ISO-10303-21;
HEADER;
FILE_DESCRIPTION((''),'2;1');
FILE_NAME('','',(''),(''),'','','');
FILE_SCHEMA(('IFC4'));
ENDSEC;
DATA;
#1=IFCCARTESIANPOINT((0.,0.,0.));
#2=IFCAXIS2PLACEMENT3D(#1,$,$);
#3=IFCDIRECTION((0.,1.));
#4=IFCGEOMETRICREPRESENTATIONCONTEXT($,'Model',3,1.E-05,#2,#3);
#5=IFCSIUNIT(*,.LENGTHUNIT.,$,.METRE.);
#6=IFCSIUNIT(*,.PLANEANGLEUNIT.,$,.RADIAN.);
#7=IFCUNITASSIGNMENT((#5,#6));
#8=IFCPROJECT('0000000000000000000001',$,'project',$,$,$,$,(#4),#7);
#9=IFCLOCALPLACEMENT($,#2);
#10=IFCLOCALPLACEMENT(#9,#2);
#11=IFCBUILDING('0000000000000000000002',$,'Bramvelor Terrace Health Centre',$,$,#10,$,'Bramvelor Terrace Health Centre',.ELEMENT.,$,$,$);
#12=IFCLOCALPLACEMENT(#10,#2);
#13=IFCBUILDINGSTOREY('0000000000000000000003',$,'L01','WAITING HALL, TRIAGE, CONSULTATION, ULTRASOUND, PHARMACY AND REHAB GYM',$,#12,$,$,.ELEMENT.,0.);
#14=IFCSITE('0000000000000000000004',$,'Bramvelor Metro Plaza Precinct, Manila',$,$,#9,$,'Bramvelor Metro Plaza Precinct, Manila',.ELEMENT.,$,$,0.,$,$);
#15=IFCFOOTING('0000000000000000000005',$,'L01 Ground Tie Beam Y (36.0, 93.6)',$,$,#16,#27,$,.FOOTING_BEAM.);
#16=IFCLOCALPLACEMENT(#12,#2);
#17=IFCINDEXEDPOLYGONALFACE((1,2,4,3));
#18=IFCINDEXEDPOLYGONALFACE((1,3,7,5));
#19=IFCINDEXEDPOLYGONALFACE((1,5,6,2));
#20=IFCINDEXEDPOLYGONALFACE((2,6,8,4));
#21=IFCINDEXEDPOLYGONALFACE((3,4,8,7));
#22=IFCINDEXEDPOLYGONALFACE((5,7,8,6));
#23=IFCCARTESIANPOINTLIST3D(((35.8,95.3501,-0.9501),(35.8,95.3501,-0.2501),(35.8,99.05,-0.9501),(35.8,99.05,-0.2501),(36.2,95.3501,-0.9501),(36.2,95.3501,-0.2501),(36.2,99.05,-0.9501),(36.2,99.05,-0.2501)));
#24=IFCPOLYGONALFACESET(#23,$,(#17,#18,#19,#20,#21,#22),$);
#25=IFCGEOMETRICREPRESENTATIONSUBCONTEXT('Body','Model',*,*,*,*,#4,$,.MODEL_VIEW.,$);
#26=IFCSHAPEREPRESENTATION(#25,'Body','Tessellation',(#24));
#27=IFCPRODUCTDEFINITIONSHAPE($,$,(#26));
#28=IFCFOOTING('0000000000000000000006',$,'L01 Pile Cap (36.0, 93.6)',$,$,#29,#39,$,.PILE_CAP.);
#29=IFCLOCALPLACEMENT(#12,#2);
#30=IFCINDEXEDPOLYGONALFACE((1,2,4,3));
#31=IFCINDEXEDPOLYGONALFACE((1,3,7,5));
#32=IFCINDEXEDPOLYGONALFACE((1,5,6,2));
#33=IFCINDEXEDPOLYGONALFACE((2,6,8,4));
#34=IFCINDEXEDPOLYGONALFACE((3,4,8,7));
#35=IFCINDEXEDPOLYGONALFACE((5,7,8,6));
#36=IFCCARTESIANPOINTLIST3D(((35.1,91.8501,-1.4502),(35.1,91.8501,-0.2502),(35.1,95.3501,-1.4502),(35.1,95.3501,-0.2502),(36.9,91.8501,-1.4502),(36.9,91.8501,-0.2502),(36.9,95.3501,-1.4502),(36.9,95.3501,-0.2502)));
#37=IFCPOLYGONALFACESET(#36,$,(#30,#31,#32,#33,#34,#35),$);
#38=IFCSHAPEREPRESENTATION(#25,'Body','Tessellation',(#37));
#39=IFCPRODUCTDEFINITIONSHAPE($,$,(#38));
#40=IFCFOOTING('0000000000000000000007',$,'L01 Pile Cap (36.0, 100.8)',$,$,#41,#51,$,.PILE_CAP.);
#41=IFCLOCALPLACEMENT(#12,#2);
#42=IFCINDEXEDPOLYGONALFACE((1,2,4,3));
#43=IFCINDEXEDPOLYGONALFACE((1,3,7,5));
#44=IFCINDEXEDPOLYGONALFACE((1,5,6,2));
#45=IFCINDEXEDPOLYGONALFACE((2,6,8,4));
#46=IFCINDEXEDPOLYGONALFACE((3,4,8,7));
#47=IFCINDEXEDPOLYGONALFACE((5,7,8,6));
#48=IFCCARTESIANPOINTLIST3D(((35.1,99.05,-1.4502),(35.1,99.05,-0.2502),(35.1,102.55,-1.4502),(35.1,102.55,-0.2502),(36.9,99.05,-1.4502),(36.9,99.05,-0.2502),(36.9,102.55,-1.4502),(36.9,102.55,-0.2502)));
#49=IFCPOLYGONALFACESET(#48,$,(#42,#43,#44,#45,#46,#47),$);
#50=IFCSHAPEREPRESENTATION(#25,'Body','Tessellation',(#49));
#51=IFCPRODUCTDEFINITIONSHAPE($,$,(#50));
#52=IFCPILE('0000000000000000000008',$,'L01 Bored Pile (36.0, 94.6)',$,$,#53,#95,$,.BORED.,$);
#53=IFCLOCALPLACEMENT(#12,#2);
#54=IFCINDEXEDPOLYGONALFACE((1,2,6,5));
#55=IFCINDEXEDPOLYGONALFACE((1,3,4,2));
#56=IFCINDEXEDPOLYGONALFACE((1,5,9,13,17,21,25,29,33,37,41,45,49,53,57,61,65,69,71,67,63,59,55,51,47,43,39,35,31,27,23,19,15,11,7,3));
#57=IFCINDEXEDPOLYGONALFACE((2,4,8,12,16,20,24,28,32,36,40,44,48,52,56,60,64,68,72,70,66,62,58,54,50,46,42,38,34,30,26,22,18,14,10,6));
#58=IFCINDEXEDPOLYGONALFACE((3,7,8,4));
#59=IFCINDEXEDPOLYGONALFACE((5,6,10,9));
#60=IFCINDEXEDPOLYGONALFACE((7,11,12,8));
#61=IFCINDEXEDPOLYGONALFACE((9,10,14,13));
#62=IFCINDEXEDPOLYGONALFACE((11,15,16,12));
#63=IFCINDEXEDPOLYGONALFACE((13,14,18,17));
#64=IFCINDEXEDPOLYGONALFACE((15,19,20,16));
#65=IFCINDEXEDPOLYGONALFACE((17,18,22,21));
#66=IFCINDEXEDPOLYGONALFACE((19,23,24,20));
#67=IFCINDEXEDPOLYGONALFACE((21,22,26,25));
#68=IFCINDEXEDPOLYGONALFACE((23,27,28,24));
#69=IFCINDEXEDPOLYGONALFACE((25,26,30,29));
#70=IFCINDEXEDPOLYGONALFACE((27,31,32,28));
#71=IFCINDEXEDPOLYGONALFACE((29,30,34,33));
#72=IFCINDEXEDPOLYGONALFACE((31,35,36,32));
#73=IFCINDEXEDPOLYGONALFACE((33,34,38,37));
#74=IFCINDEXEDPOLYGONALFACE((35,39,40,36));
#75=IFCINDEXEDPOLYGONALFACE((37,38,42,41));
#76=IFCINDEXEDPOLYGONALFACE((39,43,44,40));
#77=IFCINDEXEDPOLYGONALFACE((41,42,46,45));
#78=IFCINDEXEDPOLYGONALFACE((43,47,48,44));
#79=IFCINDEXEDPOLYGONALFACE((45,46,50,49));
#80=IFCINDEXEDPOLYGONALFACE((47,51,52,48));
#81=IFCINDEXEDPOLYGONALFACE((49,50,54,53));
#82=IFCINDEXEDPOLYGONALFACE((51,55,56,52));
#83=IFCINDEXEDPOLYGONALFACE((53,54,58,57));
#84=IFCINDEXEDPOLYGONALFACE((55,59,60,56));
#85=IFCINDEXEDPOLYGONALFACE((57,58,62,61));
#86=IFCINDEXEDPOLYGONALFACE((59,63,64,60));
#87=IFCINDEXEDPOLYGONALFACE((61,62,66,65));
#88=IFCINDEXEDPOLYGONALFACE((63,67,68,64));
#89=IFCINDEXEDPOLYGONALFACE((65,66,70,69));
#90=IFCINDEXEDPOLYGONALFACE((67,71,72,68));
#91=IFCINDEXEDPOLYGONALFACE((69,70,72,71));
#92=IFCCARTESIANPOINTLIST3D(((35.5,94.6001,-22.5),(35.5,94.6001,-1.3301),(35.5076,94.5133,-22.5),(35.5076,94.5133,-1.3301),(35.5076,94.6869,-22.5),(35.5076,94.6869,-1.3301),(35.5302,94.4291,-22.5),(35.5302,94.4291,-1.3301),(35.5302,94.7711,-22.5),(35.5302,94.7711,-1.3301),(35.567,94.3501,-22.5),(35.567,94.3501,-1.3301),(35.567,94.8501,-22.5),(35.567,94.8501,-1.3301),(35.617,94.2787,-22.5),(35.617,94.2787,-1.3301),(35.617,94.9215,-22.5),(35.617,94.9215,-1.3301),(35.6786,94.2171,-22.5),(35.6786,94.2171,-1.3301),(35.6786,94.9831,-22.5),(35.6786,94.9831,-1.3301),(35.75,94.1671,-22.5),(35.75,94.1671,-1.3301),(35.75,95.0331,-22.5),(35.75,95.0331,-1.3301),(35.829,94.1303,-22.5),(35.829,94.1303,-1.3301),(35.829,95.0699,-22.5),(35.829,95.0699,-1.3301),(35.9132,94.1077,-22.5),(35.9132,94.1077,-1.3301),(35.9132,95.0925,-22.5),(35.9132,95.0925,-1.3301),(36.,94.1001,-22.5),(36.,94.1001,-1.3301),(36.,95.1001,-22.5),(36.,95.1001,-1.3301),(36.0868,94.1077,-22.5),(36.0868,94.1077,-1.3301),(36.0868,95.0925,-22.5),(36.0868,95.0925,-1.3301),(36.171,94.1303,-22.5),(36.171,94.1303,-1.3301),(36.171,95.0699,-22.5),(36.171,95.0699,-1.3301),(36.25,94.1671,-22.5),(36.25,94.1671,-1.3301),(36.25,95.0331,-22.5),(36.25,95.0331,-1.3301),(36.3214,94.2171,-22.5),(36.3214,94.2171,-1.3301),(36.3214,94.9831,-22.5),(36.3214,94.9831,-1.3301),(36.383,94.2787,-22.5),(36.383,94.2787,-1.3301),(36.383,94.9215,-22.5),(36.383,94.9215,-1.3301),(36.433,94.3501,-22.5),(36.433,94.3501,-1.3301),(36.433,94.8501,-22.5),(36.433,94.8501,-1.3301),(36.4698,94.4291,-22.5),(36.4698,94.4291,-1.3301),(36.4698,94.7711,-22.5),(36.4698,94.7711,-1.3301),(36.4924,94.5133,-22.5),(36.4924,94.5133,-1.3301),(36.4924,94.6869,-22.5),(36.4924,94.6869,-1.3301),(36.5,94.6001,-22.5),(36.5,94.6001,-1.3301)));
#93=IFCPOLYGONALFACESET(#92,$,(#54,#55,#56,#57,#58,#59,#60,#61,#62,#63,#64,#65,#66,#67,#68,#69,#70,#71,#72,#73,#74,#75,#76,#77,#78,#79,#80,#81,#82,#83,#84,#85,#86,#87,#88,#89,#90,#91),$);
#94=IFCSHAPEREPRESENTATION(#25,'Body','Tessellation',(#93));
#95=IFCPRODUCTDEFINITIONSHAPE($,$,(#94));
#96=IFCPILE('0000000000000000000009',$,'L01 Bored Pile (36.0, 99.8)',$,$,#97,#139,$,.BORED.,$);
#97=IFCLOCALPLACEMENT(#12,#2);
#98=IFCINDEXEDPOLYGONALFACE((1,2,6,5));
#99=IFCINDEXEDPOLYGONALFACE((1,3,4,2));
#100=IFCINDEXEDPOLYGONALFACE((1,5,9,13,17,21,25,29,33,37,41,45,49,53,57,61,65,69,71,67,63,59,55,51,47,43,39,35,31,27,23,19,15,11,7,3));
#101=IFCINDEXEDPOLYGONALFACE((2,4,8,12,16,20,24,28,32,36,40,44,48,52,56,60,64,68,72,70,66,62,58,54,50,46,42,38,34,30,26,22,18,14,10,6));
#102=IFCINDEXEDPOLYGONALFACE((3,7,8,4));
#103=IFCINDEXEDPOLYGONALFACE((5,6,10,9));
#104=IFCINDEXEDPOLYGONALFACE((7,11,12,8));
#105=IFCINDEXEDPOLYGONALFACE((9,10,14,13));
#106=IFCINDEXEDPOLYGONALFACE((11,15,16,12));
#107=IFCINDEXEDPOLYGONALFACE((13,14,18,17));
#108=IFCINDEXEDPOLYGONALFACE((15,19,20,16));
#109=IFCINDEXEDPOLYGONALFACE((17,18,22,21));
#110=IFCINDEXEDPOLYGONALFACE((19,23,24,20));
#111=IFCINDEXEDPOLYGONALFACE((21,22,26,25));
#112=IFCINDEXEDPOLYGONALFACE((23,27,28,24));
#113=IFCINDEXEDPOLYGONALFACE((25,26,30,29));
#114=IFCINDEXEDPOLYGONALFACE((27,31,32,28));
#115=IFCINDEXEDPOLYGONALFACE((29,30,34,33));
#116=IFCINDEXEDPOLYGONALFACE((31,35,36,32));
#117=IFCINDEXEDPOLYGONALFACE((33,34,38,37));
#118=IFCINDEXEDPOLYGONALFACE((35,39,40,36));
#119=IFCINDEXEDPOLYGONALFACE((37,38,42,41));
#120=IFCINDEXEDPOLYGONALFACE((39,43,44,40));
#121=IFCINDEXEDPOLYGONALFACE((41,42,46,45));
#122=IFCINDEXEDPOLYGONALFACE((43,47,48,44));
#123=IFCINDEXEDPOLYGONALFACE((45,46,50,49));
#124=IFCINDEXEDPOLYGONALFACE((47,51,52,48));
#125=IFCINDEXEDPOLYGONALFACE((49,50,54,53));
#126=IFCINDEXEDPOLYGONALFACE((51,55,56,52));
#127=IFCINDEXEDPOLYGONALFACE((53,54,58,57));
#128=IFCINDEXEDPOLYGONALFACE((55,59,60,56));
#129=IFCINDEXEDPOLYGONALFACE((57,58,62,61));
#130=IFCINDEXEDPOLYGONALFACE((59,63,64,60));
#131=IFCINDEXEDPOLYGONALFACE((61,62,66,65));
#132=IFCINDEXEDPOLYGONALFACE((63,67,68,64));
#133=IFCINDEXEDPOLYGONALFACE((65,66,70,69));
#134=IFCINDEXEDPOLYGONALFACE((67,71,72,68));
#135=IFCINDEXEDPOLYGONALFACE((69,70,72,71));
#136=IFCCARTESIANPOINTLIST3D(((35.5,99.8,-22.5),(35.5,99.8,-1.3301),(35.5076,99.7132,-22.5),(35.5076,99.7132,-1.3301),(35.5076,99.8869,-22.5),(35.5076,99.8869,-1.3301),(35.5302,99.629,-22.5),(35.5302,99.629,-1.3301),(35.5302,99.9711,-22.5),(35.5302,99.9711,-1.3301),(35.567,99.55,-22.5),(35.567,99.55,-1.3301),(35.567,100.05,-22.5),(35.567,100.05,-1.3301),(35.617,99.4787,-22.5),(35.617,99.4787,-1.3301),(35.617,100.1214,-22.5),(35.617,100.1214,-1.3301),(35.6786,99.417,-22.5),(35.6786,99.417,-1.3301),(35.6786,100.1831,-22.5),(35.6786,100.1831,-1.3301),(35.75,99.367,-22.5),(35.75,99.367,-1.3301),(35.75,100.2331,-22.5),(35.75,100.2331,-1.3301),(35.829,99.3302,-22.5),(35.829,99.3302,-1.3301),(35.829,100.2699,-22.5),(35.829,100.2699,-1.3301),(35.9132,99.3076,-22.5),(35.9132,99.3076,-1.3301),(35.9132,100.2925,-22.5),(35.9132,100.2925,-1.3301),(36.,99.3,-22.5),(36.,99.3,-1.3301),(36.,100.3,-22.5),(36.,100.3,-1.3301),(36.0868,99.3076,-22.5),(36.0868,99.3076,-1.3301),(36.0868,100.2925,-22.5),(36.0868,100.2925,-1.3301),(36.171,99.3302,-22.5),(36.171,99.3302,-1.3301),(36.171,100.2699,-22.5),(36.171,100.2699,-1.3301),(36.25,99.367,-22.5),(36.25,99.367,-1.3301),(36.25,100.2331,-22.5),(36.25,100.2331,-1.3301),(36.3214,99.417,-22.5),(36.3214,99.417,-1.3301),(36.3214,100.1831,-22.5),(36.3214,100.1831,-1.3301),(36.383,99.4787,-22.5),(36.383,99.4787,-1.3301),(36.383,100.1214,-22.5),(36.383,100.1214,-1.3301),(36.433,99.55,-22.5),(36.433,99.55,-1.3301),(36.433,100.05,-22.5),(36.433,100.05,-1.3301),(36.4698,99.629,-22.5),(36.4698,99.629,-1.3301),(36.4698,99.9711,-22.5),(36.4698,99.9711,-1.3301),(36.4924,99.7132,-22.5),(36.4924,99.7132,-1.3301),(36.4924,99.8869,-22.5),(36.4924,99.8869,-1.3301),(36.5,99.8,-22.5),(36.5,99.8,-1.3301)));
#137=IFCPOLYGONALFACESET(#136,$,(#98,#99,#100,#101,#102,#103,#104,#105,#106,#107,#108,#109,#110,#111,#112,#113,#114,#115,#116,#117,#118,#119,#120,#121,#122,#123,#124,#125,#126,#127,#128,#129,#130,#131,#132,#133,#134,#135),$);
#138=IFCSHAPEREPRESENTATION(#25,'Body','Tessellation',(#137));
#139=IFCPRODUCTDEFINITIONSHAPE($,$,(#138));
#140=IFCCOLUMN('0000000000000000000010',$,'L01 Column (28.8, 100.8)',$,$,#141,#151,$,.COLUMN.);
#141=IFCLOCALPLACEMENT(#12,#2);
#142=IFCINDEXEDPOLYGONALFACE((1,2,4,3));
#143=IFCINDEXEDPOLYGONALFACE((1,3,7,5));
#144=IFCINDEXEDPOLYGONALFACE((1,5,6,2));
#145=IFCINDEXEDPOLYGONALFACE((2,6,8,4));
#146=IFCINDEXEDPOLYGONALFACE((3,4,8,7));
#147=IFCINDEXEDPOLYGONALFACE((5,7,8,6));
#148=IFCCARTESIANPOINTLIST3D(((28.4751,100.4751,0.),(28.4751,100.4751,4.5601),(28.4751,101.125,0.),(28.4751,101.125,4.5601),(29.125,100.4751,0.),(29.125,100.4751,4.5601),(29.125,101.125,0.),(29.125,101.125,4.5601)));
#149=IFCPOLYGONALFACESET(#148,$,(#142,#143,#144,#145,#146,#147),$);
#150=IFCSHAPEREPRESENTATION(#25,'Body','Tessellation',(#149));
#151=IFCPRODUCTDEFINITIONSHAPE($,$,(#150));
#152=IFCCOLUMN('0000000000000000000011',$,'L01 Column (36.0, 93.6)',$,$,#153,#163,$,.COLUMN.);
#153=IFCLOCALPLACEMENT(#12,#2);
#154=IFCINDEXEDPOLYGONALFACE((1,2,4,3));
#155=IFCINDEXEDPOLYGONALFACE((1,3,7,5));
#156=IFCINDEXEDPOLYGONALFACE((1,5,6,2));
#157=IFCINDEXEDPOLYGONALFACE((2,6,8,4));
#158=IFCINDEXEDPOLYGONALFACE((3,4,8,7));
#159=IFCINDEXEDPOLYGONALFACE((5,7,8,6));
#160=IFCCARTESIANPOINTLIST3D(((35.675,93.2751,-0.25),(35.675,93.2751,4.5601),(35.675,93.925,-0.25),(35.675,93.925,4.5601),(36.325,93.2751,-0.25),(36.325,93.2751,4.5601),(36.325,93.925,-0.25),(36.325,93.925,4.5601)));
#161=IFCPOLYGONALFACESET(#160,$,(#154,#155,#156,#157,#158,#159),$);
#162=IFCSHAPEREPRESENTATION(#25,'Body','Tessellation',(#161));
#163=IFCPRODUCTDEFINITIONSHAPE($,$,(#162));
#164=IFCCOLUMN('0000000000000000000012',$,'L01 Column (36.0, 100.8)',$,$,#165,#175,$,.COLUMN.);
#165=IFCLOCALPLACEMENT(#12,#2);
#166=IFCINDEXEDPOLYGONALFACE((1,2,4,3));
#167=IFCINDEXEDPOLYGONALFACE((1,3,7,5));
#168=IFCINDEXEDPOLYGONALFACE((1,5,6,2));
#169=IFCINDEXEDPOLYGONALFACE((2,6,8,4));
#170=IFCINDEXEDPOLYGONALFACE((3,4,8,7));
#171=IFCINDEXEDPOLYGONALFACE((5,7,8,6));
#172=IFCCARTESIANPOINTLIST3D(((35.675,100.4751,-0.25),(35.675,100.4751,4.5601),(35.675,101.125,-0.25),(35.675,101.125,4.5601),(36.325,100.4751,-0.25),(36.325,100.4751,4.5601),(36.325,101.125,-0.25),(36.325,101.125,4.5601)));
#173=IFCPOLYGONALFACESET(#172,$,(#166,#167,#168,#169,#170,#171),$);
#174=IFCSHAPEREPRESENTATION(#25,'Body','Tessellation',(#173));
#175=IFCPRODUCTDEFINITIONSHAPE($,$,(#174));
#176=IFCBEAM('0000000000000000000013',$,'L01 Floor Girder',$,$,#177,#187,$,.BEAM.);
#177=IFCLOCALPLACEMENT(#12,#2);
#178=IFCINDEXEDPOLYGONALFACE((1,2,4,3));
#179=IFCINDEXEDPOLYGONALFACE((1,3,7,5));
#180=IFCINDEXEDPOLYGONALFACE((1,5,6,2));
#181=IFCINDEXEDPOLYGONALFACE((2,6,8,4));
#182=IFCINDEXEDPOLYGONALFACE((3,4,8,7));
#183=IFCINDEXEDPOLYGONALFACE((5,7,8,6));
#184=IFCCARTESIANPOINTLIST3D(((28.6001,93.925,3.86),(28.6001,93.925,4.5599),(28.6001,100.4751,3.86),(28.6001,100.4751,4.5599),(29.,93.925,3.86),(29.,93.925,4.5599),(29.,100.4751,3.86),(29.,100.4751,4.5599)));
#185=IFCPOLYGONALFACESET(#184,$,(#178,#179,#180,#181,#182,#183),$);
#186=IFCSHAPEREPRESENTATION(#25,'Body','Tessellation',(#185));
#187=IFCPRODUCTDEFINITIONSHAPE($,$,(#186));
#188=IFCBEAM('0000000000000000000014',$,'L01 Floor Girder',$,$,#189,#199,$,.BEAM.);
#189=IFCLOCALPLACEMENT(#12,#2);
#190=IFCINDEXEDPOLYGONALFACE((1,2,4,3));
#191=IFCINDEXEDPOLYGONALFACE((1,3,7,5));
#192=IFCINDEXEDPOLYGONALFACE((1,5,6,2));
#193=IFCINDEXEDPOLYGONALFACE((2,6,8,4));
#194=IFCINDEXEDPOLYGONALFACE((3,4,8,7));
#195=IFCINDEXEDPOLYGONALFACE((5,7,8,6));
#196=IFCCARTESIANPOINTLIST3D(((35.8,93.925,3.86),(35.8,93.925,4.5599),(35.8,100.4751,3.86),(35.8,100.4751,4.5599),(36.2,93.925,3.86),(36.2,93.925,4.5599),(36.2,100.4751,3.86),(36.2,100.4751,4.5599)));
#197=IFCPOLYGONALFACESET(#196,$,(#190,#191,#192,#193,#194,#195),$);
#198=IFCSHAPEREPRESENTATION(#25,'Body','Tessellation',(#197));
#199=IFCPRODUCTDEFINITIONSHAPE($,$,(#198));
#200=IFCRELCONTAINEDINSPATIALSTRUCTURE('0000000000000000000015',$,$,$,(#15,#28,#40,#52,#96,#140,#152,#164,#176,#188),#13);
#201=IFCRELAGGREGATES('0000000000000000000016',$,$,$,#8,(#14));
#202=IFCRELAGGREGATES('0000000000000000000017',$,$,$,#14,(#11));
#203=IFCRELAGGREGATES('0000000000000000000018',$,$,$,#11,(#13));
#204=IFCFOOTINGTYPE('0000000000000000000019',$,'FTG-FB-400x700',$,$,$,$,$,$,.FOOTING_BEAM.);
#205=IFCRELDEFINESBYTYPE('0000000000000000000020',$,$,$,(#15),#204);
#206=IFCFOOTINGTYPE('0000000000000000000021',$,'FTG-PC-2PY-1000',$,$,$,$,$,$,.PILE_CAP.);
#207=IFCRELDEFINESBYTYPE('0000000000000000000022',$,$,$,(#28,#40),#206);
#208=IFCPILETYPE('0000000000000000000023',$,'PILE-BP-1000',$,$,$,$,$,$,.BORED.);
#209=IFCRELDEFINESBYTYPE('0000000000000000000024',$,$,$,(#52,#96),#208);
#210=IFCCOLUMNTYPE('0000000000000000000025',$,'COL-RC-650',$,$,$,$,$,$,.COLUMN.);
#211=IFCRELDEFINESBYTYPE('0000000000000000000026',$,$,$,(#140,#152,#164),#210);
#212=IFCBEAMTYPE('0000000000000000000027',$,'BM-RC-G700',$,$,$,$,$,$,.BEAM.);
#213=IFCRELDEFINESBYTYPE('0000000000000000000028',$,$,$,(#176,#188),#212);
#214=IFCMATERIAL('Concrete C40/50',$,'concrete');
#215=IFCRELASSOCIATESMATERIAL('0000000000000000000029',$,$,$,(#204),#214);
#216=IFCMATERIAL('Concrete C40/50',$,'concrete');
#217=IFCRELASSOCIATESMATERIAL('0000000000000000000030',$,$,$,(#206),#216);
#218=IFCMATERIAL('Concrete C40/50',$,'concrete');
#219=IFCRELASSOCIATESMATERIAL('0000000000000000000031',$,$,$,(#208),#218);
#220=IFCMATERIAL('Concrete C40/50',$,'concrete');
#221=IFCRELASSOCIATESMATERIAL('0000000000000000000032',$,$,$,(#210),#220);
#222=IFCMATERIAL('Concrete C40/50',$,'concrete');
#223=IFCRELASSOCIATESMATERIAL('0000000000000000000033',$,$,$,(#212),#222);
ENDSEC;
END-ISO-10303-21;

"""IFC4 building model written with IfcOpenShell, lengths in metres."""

from ifc_helpers import new_model, si_unit, direction, frame, origin, origin_2d, place, context, subcontext, project, spatial, rectangle, circle, extrude, material, material_profile, profile_set, type_object, element, save


model = new_model("IFC4")

# Units and contexts
model_context = context("Model", 3, precision=1e-05, world=origin(), true_north=direction((0.0, 1.0)))
body_context = subcontext(model_context, "Body", "Model", "MODEL_VIEW")
ifc_project = project(units=[si_unit("LENGTHUNIT", "METRE"), si_unit("PLANEANGLEUNIT", "RADIAN")], contexts=[model_context])

# Site, building, storey
site_placement = place(None, origin())
site = spatial("IfcSite", under=ifc_project, at=site_placement, Name="Bramvelor Metro Plaza Precinct, Manila", LongName="Bramvelor Metro Plaza Precinct, Manila", CompositionType="ELEMENT", RefElevation=0.0)
building_placement = place(site_placement, origin())
building = spatial("IfcBuilding", under=site, at=building_placement, Name="Bramvelor Terrace Health Centre", LongName="Bramvelor Terrace Health Centre", CompositionType="ELEMENT")
storey_placement = place(building_placement, origin())
storey = spatial("IfcBuildingStorey", under=building, at=storey_placement, Name="L01", Description="WAITING HALL, TRIAGE, CONSULTATION, ULTRASOUND, PHARMACY AND REHAB GYM", CompositionType="ELEMENT", Elevation=0.0)

# Footings
ifc_material_1 = material(Name="Concrete C40/50", Category="concrete")
ifc_material_profile_1 = material_profile(ifc_material_1, rectangle(XDim=0.3999, YDim=0.7, at=origin_2d()), Name="RC 400x700")
ifc_profile_set_1 = profile_set([ifc_material_profile_1], Name="Concrete C40/50")
footing_type_1 = type_object("IfcFootingType", Name="FTG-FB-400x700", PredefinedType="FOOTING_BEAM", material=ifc_profile_set_1)
footing_placement = place(storey_placement, frame((36.0, 95.3501, -0.6001), z_axis=(0.0, 1.0, 0.0), x_axis=(-1.0, 0.0, 0.0)))
element("IfcFooting", 1, at=footing_placement, inside=storey, type_object=footing_type_1, Name="L01 Ground Tie Beam Y (36.0, 93.6)", PredefinedType="FOOTING_BEAM", context=body_context, shape_type="SweptSolid", body=[
    extrude(rectangle(XDim=0.3999, YDim=0.7, at=origin_2d()), origin(), (0.0, 0.0, 1.0), 3.7),
])
ifc_material_2 = material(Name="Concrete C40/50", Category="concrete")
footing_type_2 = type_object("IfcFootingType", Name="FTG-PC-2PY-1000", PredefinedType="PILE_CAP", material=ifc_material_2)
for number, where, z_axis, x_axis, name in (
    (2, (36.0, 93.6001, -1.4502), (0.0, 0.0, 1.0), (1.0, 0.0, 0.0), "L01 Pile Cap (36.0, 93.6)"),
    (3, (36.0, 100.8, -1.4502), (0.0, 0.0, 1.0), (1.0, 0.0, 0.0), "L01 Pile Cap (36.0, 100.8)"),
):
    element("IfcFooting", number, at=place(storey_placement, frame(where, z_axis=z_axis, x_axis=x_axis)), inside=storey, type_object=footing_type_2, Name=name, PredefinedType="PILE_CAP", context=body_context, shape_type="SweptSolid", body=[
        extrude(rectangle(XDim=1.8, YDim=3.5, at=origin_2d()), origin(), (0.0, 0.0, 1.0), 1.2),
    ])

# Piles
ifc_material_3 = material(Name="Concrete C40/50", Category="concrete")
ifc_material_profile_2 = material_profile(ifc_material_3, circle(Radius=0.5, at=origin_2d()), Name="BP D1000")
ifc_profile_set_2 = profile_set([ifc_material_profile_2], Name="Concrete C40/50")
pile_type = type_object("IfcPileType", Name="PILE-BP-1000", PredefinedType="BORED", material=ifc_profile_set_2)
for number, where, z_axis, x_axis, name in (
    (4, (36.0, 94.6001, -1.3301), (0.0, 0.0, -1.0), (1.0, 0.0, 0.0), "L01 Bored Pile (36.0, 94.6)"),
    (5, (36.0, 99.8, -1.3301), (0.0, 0.0, -1.0), (1.0, 0.0, 0.0), "L01 Bored Pile (36.0, 99.8)"),
):
    element("IfcPile", number, at=place(storey_placement, frame(where, z_axis=z_axis, x_axis=x_axis)), inside=storey, type_object=pile_type, Name=name, PredefinedType="BORED", context=body_context, shape_type="SweptSolid", body=[
        extrude(circle(Radius=0.5, at=origin_2d()), origin(), (0.0, 0.0, 1.0), 21.1699),
    ])

# Columns
ifc_material_4 = material(Name="Concrete C40/50", Category="concrete")
ifc_material_profile_3 = material_profile(ifc_material_4, rectangle(XDim=0.6499, YDim=0.6499, at=origin_2d()), Name="RC 650x650")
ifc_profile_set_3 = profile_set([ifc_material_profile_3], Name="Concrete C40/50")
column_type = type_object("IfcColumnType", Name="COL-RC-650", PredefinedType="COLUMN", material=ifc_profile_set_3)
column_placement = place(storey_placement, frame((28.8, 100.8, 0.0), z_axis=(0.0, 0.0, 1.0), x_axis=(1.0, 0.0, 0.0)))
element("IfcColumn", 6, at=column_placement, inside=storey, type_object=column_type, Name="L01 Column (28.8, 100.8)", PredefinedType="COLUMN", context=body_context, shape_type="SweptSolid", body=[
    extrude(rectangle(XDim=0.6499, YDim=0.6499, at=origin_2d()), origin(), (0.0, 0.0, 1.0), 4.5601),
])
for number, where, z_axis, x_axis, name in (
    (7, (36.0, 93.6001, -0.25), (0.0, 0.0, 1.0), (1.0, 0.0, 0.0), "L01 Column (36.0, 93.6)"),
    (8, (36.0, 100.8, -0.25), (0.0, 0.0, 1.0), (1.0, 0.0, 0.0), "L01 Column (36.0, 100.8)"),
):
    element("IfcColumn", number, at=place(storey_placement, frame(where, z_axis=z_axis, x_axis=x_axis)), inside=storey, type_object=column_type, Name=name, PredefinedType="COLUMN", context=body_context, shape_type="SweptSolid", body=[
        extrude(rectangle(XDim=0.6499, YDim=0.6499, at=origin_2d()), origin(), (0.0, 0.0, 1.0), 4.8101),
    ])

# Beams
ifc_material_5 = material(Name="Concrete C40/50", Category="concrete")
ifc_material_profile_4 = material_profile(ifc_material_5, rectangle(XDim=0.3999, YDim=0.7, at=origin_2d()), Name="RC 400x700")
ifc_profile_set_4 = profile_set([ifc_material_profile_4], Name="Concrete C40/50")
beam_type_1 = type_object("IfcBeamType", Name="BM-RC-G700", PredefinedType="BEAM", material=ifc_profile_set_4)
for number, where, z_axis, x_axis, name in (
    (9, (28.8, 93.925, 4.21), (0.0, 1.0, 0.0), (-1.0, 0.0, 0.0), "L01 Floor Girder"),
    (10, (36.0, 93.925, 4.21), (0.0, 1.0, 0.0), (-1.0, 0.0, 0.0), "L01 Floor Girder"),
):
    element("IfcBeam", number, at=place(storey_placement, frame(where, z_axis=z_axis, x_axis=x_axis)), inside=storey, type_object=beam_type_1, Name=name, PredefinedType="BEAM", context=body_context, shape_type="SweptSolid", body=[
        extrude(rectangle(XDim=0.3999, YDim=0.7, at=origin_2d()), origin(), (0.0, 0.0, 1.0), 6.55),
    ])

save(model, "model.ifc")
